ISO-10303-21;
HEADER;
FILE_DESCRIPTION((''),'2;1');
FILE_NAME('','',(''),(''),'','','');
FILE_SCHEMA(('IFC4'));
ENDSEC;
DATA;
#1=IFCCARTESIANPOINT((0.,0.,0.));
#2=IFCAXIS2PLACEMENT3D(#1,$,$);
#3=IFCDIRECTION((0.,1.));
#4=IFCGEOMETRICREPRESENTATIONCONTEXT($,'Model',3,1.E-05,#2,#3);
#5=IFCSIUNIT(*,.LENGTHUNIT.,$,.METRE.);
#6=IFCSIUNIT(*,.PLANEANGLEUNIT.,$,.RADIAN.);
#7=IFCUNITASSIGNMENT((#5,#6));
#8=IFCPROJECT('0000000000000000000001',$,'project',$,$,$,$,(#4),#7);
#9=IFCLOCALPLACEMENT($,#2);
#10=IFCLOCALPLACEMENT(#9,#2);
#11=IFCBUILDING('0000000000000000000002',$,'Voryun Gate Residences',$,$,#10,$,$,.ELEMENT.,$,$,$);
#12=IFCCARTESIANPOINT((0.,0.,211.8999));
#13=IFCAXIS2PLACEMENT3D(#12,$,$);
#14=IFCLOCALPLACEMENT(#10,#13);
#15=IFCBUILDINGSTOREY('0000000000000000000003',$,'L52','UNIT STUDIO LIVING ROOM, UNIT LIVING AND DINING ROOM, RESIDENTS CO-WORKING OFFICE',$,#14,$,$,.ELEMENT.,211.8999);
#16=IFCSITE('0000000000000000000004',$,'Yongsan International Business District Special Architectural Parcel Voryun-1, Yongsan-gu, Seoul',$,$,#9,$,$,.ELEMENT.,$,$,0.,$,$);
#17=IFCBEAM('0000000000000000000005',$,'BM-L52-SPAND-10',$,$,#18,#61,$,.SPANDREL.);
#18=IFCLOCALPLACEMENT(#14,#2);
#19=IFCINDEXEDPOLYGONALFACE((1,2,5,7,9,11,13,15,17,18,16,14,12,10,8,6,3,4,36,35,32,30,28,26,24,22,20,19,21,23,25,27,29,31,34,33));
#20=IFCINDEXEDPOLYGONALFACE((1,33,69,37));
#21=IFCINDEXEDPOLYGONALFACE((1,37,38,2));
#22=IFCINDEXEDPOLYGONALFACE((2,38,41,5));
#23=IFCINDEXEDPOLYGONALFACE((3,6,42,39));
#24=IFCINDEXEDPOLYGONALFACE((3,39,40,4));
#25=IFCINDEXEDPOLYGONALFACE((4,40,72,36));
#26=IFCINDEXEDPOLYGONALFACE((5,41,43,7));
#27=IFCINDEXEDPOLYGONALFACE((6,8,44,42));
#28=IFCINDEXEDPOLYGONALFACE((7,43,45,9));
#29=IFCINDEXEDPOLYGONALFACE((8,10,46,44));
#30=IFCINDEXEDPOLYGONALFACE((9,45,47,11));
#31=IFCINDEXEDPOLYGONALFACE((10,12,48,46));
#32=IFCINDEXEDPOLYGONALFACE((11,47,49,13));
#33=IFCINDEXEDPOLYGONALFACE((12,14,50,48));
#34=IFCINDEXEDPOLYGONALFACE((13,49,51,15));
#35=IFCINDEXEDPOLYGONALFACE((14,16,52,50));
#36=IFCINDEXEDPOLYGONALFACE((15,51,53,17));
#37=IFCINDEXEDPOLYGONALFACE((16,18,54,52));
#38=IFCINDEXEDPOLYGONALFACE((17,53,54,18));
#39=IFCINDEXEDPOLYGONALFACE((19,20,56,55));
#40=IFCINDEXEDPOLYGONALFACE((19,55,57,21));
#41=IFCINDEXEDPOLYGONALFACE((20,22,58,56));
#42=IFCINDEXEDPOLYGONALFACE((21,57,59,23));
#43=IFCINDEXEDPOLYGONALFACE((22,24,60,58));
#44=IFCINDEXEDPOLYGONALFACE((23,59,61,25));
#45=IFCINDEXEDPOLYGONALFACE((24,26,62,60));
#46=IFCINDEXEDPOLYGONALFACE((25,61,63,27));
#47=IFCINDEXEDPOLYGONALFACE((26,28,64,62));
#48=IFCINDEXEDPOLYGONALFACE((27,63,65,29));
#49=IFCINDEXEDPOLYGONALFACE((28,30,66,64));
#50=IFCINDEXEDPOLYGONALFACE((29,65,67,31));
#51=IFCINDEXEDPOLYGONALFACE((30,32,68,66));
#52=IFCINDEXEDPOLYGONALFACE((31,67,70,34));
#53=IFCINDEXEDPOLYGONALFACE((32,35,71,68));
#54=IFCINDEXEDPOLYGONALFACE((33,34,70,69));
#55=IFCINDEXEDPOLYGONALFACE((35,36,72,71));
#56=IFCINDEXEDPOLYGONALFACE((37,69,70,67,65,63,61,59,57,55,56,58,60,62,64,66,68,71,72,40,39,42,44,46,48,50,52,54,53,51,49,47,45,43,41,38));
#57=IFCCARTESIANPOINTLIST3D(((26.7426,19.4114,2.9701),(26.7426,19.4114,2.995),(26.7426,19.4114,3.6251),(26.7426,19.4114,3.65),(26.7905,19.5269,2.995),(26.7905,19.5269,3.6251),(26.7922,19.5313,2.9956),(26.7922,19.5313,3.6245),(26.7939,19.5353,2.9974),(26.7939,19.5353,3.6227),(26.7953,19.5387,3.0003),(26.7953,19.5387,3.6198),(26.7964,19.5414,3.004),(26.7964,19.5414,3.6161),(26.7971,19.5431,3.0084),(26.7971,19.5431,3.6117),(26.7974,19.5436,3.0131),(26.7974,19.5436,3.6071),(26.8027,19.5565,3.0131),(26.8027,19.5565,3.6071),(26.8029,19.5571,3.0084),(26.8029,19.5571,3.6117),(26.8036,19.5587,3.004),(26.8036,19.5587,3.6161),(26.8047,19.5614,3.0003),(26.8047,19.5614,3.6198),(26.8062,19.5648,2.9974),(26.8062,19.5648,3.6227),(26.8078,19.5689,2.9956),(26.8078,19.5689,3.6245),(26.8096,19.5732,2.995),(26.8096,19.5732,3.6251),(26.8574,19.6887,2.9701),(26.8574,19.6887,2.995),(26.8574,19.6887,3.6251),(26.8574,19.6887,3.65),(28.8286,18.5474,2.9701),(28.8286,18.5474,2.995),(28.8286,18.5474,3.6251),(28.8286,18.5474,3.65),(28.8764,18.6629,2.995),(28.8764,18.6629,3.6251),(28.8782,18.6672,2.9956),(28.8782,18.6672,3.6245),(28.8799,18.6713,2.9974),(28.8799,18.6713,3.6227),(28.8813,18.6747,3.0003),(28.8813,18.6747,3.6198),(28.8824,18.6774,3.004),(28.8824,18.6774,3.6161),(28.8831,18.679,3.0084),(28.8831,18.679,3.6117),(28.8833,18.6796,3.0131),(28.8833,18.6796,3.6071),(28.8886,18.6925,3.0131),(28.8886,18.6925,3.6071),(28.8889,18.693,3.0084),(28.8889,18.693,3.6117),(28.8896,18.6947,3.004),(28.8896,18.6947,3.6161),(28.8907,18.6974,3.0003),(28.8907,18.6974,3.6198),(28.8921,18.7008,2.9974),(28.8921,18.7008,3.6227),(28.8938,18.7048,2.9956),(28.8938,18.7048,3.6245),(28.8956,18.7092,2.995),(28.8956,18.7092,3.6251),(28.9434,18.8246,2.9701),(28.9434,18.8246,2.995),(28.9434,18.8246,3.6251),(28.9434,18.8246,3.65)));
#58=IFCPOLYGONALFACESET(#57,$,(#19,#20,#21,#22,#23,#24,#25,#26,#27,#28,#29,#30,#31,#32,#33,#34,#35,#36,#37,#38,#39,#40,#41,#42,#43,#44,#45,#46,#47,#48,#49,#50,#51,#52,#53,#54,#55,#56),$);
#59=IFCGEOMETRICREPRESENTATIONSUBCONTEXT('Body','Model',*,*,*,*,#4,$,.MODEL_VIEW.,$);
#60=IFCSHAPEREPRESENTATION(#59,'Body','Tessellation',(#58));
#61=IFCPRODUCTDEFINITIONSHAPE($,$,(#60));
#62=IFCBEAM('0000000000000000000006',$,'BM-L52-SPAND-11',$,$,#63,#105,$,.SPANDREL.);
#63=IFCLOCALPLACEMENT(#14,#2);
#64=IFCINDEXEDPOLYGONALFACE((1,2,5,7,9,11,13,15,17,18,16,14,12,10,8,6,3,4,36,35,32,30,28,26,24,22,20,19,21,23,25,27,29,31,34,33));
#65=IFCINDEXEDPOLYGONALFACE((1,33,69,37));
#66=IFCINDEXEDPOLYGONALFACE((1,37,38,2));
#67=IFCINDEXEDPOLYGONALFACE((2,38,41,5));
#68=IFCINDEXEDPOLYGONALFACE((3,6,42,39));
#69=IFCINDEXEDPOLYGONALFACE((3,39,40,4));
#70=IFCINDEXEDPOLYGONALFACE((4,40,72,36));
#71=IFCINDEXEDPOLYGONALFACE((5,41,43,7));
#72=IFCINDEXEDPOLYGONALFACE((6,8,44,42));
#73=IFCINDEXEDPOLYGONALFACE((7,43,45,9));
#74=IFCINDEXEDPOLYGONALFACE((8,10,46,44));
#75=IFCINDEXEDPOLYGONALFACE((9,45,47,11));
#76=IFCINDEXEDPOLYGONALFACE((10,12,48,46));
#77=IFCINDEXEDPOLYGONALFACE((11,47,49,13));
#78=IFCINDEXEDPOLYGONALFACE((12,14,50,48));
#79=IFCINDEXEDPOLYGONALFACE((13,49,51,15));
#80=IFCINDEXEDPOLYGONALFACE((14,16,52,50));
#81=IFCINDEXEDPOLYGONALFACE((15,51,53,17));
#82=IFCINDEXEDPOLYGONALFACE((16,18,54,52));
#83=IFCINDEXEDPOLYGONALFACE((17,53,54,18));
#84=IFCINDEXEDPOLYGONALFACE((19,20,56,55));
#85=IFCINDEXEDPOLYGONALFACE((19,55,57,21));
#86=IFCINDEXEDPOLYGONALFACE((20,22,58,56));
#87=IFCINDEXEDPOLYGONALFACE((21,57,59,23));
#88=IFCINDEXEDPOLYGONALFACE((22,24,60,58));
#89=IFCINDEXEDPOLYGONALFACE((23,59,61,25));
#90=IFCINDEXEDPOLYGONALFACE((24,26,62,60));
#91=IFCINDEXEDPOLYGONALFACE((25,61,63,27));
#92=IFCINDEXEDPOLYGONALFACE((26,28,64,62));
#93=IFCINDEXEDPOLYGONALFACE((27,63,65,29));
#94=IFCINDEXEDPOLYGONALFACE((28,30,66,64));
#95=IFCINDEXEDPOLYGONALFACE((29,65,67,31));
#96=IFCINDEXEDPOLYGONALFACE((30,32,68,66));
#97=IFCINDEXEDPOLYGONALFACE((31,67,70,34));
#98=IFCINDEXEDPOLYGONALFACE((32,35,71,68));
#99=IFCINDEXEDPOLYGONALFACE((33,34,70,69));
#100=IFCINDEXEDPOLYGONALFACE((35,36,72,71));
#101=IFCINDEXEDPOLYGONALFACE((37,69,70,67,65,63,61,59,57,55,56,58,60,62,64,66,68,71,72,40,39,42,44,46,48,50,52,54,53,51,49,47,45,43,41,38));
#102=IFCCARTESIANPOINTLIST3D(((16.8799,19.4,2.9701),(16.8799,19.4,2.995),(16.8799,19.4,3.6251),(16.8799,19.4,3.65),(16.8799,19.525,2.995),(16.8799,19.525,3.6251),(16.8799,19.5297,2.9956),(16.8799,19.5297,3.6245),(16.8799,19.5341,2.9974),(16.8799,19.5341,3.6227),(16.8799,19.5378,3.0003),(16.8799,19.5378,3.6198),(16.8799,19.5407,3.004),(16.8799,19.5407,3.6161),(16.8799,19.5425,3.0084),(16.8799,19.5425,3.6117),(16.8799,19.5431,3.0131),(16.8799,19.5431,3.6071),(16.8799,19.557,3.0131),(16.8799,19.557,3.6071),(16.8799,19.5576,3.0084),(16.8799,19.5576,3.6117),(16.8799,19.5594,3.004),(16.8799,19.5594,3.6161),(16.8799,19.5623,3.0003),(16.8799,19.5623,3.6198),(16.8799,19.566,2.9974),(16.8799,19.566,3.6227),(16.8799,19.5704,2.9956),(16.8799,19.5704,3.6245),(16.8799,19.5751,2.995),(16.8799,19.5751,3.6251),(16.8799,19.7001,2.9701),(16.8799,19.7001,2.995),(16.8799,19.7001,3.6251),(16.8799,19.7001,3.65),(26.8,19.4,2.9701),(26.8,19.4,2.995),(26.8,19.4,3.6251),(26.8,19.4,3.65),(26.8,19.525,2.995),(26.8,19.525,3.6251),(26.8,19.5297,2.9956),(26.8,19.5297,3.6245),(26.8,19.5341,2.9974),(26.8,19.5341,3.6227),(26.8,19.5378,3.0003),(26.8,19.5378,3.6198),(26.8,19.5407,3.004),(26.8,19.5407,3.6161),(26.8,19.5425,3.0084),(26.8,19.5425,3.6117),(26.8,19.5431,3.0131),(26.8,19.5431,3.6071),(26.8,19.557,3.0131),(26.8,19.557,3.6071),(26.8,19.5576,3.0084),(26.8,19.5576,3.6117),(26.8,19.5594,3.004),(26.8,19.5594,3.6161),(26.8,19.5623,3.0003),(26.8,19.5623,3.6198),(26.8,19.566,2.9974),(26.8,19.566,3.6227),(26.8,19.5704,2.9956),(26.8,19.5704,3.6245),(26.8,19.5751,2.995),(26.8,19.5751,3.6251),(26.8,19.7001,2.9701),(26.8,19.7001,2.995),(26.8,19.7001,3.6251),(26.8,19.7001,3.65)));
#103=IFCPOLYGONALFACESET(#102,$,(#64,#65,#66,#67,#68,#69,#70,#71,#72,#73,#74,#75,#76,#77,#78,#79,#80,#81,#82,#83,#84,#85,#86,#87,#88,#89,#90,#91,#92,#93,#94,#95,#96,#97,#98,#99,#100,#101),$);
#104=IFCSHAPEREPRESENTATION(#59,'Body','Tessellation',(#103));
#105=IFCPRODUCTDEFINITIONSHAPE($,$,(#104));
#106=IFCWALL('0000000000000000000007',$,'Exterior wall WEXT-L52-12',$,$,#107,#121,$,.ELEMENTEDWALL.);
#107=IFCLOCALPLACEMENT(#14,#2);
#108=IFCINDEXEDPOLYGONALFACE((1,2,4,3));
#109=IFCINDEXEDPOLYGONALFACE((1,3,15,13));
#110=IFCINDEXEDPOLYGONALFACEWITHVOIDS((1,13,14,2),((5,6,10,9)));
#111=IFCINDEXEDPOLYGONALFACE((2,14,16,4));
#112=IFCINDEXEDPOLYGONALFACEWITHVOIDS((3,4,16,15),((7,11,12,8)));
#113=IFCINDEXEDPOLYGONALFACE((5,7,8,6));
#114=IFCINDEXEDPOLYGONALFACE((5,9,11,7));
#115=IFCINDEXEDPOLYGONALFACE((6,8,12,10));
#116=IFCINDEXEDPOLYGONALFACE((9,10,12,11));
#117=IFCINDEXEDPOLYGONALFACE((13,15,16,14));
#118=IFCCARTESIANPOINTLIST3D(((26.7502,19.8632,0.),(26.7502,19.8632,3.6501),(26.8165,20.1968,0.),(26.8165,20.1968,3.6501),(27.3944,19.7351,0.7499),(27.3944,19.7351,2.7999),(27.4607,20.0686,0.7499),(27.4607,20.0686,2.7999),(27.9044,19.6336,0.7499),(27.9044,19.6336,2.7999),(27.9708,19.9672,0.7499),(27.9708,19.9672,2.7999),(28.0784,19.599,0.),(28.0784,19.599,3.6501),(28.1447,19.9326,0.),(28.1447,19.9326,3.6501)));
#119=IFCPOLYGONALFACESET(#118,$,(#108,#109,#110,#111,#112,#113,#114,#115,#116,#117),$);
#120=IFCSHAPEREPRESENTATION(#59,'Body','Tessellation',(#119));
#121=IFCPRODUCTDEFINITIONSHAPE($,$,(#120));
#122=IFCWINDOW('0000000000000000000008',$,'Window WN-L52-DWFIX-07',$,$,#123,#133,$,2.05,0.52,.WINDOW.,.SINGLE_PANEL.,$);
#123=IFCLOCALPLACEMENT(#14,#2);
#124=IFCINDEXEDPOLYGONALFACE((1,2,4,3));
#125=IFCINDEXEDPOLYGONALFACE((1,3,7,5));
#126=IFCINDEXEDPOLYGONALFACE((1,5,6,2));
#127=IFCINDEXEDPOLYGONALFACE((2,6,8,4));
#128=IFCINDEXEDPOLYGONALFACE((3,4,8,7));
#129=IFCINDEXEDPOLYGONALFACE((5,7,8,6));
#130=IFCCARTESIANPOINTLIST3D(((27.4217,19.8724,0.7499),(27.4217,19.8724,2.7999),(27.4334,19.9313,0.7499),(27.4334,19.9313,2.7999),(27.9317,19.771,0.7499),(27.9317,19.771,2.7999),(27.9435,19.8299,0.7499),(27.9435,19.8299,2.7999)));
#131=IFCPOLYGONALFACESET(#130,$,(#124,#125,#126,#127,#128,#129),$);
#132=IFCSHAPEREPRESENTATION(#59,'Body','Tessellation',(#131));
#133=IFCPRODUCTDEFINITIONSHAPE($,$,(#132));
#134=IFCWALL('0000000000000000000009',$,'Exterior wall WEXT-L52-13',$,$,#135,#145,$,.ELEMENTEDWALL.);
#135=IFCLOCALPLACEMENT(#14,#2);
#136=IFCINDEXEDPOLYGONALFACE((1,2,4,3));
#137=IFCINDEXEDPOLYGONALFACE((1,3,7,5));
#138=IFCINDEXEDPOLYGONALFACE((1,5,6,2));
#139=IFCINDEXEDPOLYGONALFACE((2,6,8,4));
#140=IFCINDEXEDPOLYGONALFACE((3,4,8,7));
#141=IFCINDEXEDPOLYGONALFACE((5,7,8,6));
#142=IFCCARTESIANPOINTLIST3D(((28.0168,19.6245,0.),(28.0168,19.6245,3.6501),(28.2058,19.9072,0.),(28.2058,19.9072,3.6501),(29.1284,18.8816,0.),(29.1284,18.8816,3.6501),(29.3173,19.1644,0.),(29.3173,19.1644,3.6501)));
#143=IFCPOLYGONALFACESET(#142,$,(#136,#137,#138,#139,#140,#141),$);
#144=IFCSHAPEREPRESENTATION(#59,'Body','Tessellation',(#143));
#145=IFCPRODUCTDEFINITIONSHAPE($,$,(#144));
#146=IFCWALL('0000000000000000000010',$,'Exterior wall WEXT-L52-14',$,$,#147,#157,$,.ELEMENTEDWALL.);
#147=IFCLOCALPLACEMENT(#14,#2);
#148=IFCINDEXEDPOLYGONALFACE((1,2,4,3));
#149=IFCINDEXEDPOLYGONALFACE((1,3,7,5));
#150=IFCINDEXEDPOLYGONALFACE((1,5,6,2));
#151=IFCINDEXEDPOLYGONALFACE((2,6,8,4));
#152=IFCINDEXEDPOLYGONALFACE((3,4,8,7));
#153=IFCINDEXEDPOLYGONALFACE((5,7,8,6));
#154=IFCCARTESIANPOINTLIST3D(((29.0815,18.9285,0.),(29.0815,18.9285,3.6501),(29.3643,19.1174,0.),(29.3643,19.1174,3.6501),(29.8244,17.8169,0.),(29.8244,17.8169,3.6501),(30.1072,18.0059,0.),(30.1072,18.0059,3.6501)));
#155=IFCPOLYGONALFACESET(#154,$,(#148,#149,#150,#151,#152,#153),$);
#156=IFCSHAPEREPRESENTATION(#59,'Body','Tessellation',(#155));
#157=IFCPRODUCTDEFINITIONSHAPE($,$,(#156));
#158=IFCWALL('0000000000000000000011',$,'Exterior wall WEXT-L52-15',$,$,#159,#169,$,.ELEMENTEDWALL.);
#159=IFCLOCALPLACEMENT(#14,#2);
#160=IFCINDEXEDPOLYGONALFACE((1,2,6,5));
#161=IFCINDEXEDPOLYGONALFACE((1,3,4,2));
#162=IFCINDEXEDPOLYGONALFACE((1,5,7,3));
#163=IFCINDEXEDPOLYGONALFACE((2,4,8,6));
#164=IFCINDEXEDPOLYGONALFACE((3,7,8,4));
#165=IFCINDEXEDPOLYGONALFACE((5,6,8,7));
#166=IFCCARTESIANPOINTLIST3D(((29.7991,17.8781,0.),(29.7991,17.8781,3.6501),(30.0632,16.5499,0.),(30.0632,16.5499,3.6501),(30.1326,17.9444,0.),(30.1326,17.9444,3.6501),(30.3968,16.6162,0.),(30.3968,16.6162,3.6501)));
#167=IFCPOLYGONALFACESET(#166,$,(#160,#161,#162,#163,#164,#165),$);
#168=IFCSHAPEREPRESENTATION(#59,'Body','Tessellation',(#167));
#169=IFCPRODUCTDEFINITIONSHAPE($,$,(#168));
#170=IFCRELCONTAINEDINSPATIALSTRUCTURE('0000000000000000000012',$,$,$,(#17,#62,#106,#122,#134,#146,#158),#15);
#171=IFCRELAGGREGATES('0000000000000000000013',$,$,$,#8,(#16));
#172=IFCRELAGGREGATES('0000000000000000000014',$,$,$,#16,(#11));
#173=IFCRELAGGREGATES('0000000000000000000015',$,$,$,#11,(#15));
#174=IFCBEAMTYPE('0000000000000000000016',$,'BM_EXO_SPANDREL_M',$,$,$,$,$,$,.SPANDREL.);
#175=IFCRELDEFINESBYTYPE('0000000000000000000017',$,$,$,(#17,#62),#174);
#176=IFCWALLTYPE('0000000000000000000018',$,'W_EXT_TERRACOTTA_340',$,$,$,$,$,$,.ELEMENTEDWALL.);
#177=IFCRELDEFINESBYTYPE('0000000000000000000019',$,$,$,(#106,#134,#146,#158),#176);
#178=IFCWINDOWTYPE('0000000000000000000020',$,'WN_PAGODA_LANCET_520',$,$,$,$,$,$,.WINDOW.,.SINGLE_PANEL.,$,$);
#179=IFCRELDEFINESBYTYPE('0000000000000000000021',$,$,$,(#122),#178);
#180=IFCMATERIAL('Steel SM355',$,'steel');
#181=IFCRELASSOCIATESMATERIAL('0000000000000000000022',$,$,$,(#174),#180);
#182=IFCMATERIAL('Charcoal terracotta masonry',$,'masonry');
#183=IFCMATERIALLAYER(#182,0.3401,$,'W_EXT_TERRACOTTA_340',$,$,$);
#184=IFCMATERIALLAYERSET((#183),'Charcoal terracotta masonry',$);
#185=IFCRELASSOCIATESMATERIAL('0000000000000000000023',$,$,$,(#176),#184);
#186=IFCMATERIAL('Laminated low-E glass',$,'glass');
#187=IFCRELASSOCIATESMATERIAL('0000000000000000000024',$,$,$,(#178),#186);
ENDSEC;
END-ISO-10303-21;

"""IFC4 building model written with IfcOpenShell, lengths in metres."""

from ifc_helpers import new_model, si_unit, direction, frame, frame_2d, origin, origin_2d, place, context, subcontext, project, spatial, rectangle, i_section, extrude, material, layer, layer_set, material_profile, profile_set, type_object, element, fill, save


model = new_model("IFC4")

# Units and contexts
model_context = context("Model", 3, precision=1e-05, world=origin(), true_north=direction((0.0, 1.0)))
body_context = subcontext(model_context, "Body", "Model", "MODEL_VIEW")
ifc_project = project(units=[si_unit("LENGTHUNIT", "METRE"), si_unit("PLANEANGLEUNIT", "RADIAN")], contexts=[model_context])

# Site, building, storey
site_placement = place(None, origin())
site = spatial("IfcSite", under=ifc_project, at=site_placement, Name="Yongsan International Business District Special Architectural Parcel Voryun-1, Yongsan-gu, Seoul", CompositionType="ELEMENT", RefElevation=0.0)
building_placement = place(site_placement, origin())
building = spatial("IfcBuilding", under=site, at=building_placement, Name="Voryun Gate Residences", CompositionType="ELEMENT")
storey_placement = place(building_placement, frame((0.0, 0.0, 211.8999)))
storey = spatial("IfcBuildingStorey", under=building, at=storey_placement, Name="L52", Description="UNIT STUDIO LIVING ROOM, UNIT LIVING AND DINING ROOM, RESIDENTS CO-WORKING OFFICE", CompositionType="ELEMENT", Elevation=211.8999)

# Beams
ifc_material_1 = material(Name="Steel SM355", Category="steel")
ifc_material_profile_1 = material_profile(ifc_material_1, i_section(OverallWidth=0.3, OverallDepth=0.6799, WebThickness=0.0139, FlangeThickness=0.0249, FilletRadius=0.0181, at=origin_2d()), Name="H-680x300x14x25")
ifc_profile_set_1 = profile_set([ifc_material_profile_1], Name="Steel SM355")
beam_type = type_object("IfcBeamType", Name="BM_EXO_SPANDREL_M", PredefinedType="SPANDREL", material=ifc_profile_set_1)
beam_1_placement = place(storey_placement, frame((28.886, 18.686, 3.3101), z_axis=(-0.923881, 0.38268, 0.0), x_axis=(-0.38268, -0.923881, 0.0)))
element("IfcBeam", 1, at=beam_1_placement, inside=storey, type_object=beam_type, Name="BM-L52-SPAND-10", PredefinedType="SPANDREL", context=body_context, shape_type="SweptSolid", body=[
    extrude(i_section(OverallWidth=0.3, OverallDepth=0.6799, WebThickness=0.0139, FlangeThickness=0.0249, FilletRadius=0.0181, at=origin_2d()), origin(), (0.0, 0.0, 1.0), 2.2578),
])
beam_2_placement = place(storey_placement, frame((26.8, 19.55, 3.3101), z_axis=(-1.0, 0.0, 0.0), x_axis=(0.0, -1.0, 0.0)))
element("IfcBeam", 2, at=beam_2_placement, inside=storey, type_object=beam_type, Name="BM-L52-SPAND-11", PredefinedType="SPANDREL", context=body_context, shape_type="SweptSolid", body=[
    extrude(i_section(OverallWidth=0.3, OverallDepth=0.6799, WebThickness=0.0139, FlangeThickness=0.0249, FilletRadius=0.0181, at=origin_2d()), origin(), (0.0, 0.0, 1.0), 9.9202),
])

# Wall, opening, window
ifc_material_2 = material(Name="Charcoal terracotta masonry", Category="masonry")
ifc_layer_1 = layer(ifc_material_2, 0.3401, Name="W_EXT_TERRACOTTA_340")
ifc_layer_set_1 = layer_set([ifc_layer_1], Name="Charcoal terracotta masonry")
wall_type_1 = type_object("IfcWallType", Name="W_EXT_TERRACOTTA_340", PredefinedType="ELEMENTEDWALL", material=ifc_layer_set_1)
wall_1_placement = place(storey_placement, frame((26.7832, 20.03, 0.0), z_axis=(0.0, 0.0, 1.0), x_axis=(0.980788, -0.195076, 0.0)))
wall_1 = element("IfcWall", 3, at=wall_1_placement, inside=storey, type_object=wall_type_1, Name="Exterior wall WEXT-L52-12", PredefinedType="ELEMENTEDWALL", context=body_context, shape_type="SweptSolid", body=[
    extrude(rectangle(XDim=1.3542, YDim=0.3401, at=frame_2d((0.6772, 0.0))), origin(), (0.0, 0.0, 1.0), 3.6501),
])
opening_1_placement = place(wall_1_placement, frame((0.657, 0.0, 0.75)))
opening_1 = element("IfcOpeningElement", 4, at=opening_1_placement, cuts=wall_1, PredefinedType="OPENING", context=body_context, shape_type="SweptSolid", body=[
    extrude(rectangle(XDim=0.52, YDim=2.05, at=frame_2d((0.26, 1.0249))), frame((0.0, 0.1799, 0.0), z_axis=(0.0, -1.0, 0.0), x_axis=(1.0, 0.0, 0.0)), (0.0, 0.0, 1.0), 0.3601),
])
ifc_material_3 = material(Name="Laminated low-E glass", Category="glass")
window_type_1 = type_object("IfcWindowType", Name="WN_PAGODA_LANCET_520", PartitioningType="SINGLE_PANEL", PredefinedType="WINDOW", material=ifc_material_3)
window_1_placement = place(opening_1_placement, origin())
window_1 = element("IfcWindow", 5, at=window_1_placement, inside=storey, type_object=window_type_1, Name="Window WN-L52-DWFIX-07", OverallHeight=2.05, OverallWidth=0.52, PartitioningType="SINGLE_PANEL", PredefinedType="WINDOW", context=body_context, shape_type="SweptSolid", body=[
    extrude(rectangle(XDim=0.52, YDim=2.05, at=frame_2d((0.26, 1.0249))), frame((0.0, 0.03, 0.0), z_axis=(0.0, -1.0, 0.0), x_axis=(1.0, 0.0, 0.0)), (0.0, 0.0, 1.0), 0.0601),
])
fill(opening_1, window_1)

# Walls
for number, where, z_axis, x_axis, name in (
    (6, (28.1113, 19.7659, 0.0), (0.0, 0.0, 1.0), (0.831404, -0.555669, 0.0), "Exterior wall WEXT-L52-13"),
    (7, (29.2229, 19.0229, 0.0), (0.0, 0.0, 1.0), (0.555669, -0.831404, 0.0), "Exterior wall WEXT-L52-14"),
):
    element("IfcWall", number, at=place(storey_placement, frame(where, z_axis=z_axis, x_axis=x_axis)), inside=storey, type_object=wall_type_1, Name=name, PredefinedType="ELEMENTEDWALL", context=body_context, shape_type="SweptSolid", body=[
        extrude(rectangle(XDim=1.3369, YDim=0.3401, at=frame_2d((0.6685, 0.0))), origin(), (0.0, 0.0, 1.0), 3.6501),
    ])
wall_2_placement = place(storey_placement, frame((29.9658, 17.9114, 0.0), z_axis=(0.0, 0.0, 1.0), x_axis=(0.195076, -0.980788, 0.0)))
element("IfcWall", 8, at=wall_2_placement, inside=storey, type_object=wall_type_1, Name="Exterior wall WEXT-L52-15", PredefinedType="ELEMENTEDWALL", context=body_context, shape_type="SweptSolid", body=[
    extrude(rectangle(XDim=1.3542, YDim=0.3401, at=frame_2d((0.6772, 0.0))), origin(), (0.0, 0.0, 1.0), 3.6501),
])

save(model, "model.ifc")
